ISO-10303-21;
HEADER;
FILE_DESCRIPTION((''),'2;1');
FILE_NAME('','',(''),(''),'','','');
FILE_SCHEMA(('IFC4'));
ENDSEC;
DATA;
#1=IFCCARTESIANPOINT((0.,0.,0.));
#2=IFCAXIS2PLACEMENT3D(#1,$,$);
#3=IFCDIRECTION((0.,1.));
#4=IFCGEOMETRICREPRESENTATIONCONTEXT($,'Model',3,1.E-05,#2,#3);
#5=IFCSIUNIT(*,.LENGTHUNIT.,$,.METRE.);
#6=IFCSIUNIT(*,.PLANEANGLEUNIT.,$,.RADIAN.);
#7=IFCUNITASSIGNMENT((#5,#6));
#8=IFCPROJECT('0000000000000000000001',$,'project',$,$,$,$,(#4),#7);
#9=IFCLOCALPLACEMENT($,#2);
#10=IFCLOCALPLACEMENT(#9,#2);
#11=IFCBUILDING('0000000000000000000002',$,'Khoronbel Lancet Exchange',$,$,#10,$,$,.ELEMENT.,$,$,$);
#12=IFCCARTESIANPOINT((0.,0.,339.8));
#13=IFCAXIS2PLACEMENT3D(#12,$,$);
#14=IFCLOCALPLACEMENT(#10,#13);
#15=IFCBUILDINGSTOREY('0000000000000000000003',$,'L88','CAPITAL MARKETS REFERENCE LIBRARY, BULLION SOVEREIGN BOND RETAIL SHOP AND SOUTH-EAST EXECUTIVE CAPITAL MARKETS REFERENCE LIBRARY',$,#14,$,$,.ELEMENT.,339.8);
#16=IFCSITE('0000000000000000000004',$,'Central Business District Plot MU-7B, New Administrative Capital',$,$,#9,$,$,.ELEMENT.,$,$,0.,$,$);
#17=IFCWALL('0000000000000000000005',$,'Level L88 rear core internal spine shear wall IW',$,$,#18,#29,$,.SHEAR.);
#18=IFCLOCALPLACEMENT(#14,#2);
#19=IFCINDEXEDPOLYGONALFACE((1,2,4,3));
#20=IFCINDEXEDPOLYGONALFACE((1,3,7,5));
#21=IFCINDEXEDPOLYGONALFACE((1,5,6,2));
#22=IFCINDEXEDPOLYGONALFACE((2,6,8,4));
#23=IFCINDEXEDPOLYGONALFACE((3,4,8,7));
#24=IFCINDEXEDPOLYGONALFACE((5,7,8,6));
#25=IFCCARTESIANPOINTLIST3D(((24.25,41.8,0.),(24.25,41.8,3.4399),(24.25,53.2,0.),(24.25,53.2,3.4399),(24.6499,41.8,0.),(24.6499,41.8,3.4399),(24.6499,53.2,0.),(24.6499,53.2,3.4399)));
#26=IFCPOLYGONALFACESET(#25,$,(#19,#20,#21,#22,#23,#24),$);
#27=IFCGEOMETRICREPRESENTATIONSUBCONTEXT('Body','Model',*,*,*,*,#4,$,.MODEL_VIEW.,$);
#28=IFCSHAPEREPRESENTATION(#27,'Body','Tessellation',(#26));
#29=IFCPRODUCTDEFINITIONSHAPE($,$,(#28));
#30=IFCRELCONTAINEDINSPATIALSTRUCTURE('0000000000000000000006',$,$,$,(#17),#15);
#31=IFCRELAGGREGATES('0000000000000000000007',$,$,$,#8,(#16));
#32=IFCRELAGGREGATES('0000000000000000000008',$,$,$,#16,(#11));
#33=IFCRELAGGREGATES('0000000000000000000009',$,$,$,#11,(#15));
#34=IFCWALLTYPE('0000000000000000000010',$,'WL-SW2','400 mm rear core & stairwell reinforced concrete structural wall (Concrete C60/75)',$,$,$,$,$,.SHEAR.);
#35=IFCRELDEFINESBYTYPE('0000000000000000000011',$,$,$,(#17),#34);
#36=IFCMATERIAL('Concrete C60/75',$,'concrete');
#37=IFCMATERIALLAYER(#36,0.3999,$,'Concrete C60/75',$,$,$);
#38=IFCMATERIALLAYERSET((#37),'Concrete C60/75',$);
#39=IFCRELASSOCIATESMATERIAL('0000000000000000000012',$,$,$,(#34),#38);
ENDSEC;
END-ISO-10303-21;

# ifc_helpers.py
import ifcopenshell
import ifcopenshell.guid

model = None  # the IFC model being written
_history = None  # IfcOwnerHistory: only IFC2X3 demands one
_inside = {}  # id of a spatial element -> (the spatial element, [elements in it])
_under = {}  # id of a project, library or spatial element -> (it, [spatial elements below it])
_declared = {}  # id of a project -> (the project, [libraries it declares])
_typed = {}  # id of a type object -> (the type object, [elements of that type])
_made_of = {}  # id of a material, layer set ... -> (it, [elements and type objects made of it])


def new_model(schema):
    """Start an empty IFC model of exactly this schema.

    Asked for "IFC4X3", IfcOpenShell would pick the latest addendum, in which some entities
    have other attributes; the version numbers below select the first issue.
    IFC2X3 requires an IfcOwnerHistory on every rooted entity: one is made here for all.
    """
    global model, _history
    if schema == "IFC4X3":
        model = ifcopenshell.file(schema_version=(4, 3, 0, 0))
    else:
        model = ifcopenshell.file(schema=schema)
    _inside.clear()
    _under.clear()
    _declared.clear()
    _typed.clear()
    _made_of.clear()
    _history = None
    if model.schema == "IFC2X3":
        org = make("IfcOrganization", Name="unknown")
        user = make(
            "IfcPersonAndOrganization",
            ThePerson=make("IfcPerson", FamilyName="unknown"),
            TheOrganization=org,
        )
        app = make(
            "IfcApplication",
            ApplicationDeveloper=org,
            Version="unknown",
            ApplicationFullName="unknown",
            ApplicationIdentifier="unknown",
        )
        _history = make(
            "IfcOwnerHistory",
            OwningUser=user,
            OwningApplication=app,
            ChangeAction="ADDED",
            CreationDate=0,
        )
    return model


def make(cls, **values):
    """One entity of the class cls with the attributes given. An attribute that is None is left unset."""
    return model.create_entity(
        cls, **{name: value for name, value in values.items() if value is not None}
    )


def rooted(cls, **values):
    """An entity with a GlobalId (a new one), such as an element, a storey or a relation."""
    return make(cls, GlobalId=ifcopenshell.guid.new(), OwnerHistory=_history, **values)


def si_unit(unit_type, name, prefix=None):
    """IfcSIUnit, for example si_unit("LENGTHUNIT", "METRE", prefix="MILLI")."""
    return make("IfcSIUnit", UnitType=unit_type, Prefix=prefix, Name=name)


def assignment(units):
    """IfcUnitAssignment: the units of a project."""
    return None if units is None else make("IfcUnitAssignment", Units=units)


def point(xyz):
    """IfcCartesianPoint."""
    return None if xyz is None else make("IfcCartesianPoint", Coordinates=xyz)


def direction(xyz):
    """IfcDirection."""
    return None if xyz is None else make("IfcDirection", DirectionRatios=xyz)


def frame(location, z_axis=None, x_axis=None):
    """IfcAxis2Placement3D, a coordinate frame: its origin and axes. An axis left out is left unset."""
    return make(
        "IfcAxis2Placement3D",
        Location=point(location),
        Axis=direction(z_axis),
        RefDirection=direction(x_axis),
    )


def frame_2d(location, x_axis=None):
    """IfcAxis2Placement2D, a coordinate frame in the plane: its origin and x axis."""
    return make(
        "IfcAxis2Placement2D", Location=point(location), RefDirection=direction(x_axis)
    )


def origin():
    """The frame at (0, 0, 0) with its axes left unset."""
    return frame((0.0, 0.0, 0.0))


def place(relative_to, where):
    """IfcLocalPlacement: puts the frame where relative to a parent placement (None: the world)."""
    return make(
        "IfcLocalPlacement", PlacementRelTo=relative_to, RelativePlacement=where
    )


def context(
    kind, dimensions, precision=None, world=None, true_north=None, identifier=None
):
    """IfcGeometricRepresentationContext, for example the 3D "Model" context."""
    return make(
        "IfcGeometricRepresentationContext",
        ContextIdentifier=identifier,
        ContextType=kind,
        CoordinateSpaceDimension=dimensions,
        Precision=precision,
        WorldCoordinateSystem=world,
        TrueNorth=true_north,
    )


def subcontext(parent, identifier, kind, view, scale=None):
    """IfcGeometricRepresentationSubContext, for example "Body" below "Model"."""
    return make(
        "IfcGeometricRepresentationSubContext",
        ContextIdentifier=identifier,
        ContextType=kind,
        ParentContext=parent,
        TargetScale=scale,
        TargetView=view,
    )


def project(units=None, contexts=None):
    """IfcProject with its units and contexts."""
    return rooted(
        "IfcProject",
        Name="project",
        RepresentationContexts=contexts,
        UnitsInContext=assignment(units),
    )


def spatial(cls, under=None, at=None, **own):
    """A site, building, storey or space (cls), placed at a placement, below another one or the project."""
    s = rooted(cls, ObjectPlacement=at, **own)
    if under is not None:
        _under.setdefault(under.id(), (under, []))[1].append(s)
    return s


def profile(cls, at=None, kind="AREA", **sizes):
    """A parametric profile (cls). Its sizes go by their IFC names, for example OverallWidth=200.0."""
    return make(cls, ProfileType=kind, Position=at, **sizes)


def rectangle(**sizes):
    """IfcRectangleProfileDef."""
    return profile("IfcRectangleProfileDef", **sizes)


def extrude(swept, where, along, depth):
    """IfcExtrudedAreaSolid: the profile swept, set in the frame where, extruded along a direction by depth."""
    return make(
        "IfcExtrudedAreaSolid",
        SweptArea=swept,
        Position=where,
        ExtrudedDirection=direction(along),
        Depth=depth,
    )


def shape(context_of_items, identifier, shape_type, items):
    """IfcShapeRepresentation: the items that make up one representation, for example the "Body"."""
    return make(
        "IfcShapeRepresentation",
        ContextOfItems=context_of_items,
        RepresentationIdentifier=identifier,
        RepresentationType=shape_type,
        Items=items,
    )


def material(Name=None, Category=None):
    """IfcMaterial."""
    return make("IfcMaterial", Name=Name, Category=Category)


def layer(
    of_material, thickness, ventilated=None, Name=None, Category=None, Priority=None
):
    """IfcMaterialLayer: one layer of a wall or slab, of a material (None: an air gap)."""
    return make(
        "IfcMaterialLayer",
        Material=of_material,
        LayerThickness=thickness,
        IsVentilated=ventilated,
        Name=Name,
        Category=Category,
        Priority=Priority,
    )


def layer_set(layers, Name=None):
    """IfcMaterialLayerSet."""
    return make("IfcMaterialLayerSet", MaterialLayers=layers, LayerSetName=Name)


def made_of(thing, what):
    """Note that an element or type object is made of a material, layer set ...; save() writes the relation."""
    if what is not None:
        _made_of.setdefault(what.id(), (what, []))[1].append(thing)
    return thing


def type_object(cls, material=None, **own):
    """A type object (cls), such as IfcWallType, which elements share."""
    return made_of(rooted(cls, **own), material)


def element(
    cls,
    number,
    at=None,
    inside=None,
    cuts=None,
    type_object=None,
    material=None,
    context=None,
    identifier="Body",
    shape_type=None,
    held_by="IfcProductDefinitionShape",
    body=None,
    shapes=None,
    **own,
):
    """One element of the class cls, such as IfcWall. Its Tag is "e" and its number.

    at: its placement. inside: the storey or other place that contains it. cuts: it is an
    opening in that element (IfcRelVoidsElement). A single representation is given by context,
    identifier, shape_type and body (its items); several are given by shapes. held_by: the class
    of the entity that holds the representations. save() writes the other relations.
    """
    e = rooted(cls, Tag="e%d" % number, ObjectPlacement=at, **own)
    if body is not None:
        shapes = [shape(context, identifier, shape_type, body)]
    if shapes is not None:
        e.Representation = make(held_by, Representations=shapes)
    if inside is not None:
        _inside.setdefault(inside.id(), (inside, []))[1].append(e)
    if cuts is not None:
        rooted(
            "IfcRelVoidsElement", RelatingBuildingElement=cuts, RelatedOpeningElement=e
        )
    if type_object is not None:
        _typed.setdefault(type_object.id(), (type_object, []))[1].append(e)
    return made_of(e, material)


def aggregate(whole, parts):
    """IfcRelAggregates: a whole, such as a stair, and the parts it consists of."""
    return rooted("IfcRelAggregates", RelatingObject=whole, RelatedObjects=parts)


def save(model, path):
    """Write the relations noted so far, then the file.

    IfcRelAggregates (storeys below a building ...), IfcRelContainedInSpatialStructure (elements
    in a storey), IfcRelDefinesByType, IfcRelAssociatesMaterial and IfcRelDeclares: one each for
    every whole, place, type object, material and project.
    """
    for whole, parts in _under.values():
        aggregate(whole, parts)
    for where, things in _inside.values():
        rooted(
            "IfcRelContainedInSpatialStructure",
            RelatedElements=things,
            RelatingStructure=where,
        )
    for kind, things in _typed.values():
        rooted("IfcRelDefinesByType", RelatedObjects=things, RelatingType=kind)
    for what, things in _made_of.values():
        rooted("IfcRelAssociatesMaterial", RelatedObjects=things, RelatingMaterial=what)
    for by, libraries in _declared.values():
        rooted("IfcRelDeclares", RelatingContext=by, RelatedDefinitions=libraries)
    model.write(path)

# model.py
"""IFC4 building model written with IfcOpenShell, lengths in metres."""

from ifc_helpers import new_model, si_unit, direction, frame, frame_2d, origin, place, context, subcontext, project, spatial, rectangle, extrude, material, layer, layer_set, type_object, element, save


model = new_model("IFC4")

# Units and contexts
model_context = context("Model", 3, precision=1e-05, world=origin(), true_north=direction((0.0, 1.0)))
body_context = subcontext(model_context, "Body", "Model", "MODEL_VIEW")
ifc_project = project(units=[si_unit("LENGTHUNIT", "METRE"), si_unit("PLANEANGLEUNIT", "RADIAN")], contexts=[model_context])

# Site, building, storey
site_placement = place(None, origin())
site = spatial("IfcSite", under=ifc_project, at=site_placement, Name="Central Business District Plot MU-7B, New Administrative Capital", CompositionType="ELEMENT", RefElevation=0.0)
building_placement = place(site_placement, origin())
building = spatial("IfcBuilding", under=site, at=building_placement, Name="Khoronbel Lancet Exchange", CompositionType="ELEMENT")
storey_placement = place(building_placement, frame((0.0, 0.0, 339.8)))
storey = spatial("IfcBuildingStorey", under=building, at=storey_placement, Name="L88", Description="CAPITAL MARKETS REFERENCE LIBRARY, BULLION SOVEREIGN BOND RETAIL SHOP AND SOUTH-EAST EXECUTIVE CAPITAL MARKETS REFERENCE LIBRARY", CompositionType="ELEMENT", Elevation=339.8)

# Shared definitions
ifc_material_1 = material(Name="Concrete C60/75", Category="concrete")

# Wall
ifc_layer_1 = layer(ifc_material_1, 0.3999, Name="Concrete C60/75")
ifc_layer_set_1 = layer_set([ifc_layer_1], Name="Concrete C60/75")
wall_type_1 = type_object("IfcWallType", Name="WL-SW2", Description="400 mm rear core & stairwell reinforced concrete structural wall (Concrete C60/75)", PredefinedType="SHEAR", material=ifc_layer_set_1)
wall_1_placement = place(storey_placement, frame((24.45, 41.8, 0.0), z_axis=(0.0, 0.0, 1.0), x_axis=(0.0, 1.0, 0.0)))
element("IfcWall", 1, at=wall_1_placement, inside=storey, type_object=wall_type_1, Name="Level L88 rear core internal spine shear wall IW", PredefinedType="SHEAR", context=body_context, shape_type="SweptSolid", body=[
    extrude(rectangle(XDim=11.3999, YDim=0.3999, at=frame_2d((5.7, 0.0))), origin(), (0.0, 0.0, 1.0), 3.4399),
])

save(model, "model.ifc")
